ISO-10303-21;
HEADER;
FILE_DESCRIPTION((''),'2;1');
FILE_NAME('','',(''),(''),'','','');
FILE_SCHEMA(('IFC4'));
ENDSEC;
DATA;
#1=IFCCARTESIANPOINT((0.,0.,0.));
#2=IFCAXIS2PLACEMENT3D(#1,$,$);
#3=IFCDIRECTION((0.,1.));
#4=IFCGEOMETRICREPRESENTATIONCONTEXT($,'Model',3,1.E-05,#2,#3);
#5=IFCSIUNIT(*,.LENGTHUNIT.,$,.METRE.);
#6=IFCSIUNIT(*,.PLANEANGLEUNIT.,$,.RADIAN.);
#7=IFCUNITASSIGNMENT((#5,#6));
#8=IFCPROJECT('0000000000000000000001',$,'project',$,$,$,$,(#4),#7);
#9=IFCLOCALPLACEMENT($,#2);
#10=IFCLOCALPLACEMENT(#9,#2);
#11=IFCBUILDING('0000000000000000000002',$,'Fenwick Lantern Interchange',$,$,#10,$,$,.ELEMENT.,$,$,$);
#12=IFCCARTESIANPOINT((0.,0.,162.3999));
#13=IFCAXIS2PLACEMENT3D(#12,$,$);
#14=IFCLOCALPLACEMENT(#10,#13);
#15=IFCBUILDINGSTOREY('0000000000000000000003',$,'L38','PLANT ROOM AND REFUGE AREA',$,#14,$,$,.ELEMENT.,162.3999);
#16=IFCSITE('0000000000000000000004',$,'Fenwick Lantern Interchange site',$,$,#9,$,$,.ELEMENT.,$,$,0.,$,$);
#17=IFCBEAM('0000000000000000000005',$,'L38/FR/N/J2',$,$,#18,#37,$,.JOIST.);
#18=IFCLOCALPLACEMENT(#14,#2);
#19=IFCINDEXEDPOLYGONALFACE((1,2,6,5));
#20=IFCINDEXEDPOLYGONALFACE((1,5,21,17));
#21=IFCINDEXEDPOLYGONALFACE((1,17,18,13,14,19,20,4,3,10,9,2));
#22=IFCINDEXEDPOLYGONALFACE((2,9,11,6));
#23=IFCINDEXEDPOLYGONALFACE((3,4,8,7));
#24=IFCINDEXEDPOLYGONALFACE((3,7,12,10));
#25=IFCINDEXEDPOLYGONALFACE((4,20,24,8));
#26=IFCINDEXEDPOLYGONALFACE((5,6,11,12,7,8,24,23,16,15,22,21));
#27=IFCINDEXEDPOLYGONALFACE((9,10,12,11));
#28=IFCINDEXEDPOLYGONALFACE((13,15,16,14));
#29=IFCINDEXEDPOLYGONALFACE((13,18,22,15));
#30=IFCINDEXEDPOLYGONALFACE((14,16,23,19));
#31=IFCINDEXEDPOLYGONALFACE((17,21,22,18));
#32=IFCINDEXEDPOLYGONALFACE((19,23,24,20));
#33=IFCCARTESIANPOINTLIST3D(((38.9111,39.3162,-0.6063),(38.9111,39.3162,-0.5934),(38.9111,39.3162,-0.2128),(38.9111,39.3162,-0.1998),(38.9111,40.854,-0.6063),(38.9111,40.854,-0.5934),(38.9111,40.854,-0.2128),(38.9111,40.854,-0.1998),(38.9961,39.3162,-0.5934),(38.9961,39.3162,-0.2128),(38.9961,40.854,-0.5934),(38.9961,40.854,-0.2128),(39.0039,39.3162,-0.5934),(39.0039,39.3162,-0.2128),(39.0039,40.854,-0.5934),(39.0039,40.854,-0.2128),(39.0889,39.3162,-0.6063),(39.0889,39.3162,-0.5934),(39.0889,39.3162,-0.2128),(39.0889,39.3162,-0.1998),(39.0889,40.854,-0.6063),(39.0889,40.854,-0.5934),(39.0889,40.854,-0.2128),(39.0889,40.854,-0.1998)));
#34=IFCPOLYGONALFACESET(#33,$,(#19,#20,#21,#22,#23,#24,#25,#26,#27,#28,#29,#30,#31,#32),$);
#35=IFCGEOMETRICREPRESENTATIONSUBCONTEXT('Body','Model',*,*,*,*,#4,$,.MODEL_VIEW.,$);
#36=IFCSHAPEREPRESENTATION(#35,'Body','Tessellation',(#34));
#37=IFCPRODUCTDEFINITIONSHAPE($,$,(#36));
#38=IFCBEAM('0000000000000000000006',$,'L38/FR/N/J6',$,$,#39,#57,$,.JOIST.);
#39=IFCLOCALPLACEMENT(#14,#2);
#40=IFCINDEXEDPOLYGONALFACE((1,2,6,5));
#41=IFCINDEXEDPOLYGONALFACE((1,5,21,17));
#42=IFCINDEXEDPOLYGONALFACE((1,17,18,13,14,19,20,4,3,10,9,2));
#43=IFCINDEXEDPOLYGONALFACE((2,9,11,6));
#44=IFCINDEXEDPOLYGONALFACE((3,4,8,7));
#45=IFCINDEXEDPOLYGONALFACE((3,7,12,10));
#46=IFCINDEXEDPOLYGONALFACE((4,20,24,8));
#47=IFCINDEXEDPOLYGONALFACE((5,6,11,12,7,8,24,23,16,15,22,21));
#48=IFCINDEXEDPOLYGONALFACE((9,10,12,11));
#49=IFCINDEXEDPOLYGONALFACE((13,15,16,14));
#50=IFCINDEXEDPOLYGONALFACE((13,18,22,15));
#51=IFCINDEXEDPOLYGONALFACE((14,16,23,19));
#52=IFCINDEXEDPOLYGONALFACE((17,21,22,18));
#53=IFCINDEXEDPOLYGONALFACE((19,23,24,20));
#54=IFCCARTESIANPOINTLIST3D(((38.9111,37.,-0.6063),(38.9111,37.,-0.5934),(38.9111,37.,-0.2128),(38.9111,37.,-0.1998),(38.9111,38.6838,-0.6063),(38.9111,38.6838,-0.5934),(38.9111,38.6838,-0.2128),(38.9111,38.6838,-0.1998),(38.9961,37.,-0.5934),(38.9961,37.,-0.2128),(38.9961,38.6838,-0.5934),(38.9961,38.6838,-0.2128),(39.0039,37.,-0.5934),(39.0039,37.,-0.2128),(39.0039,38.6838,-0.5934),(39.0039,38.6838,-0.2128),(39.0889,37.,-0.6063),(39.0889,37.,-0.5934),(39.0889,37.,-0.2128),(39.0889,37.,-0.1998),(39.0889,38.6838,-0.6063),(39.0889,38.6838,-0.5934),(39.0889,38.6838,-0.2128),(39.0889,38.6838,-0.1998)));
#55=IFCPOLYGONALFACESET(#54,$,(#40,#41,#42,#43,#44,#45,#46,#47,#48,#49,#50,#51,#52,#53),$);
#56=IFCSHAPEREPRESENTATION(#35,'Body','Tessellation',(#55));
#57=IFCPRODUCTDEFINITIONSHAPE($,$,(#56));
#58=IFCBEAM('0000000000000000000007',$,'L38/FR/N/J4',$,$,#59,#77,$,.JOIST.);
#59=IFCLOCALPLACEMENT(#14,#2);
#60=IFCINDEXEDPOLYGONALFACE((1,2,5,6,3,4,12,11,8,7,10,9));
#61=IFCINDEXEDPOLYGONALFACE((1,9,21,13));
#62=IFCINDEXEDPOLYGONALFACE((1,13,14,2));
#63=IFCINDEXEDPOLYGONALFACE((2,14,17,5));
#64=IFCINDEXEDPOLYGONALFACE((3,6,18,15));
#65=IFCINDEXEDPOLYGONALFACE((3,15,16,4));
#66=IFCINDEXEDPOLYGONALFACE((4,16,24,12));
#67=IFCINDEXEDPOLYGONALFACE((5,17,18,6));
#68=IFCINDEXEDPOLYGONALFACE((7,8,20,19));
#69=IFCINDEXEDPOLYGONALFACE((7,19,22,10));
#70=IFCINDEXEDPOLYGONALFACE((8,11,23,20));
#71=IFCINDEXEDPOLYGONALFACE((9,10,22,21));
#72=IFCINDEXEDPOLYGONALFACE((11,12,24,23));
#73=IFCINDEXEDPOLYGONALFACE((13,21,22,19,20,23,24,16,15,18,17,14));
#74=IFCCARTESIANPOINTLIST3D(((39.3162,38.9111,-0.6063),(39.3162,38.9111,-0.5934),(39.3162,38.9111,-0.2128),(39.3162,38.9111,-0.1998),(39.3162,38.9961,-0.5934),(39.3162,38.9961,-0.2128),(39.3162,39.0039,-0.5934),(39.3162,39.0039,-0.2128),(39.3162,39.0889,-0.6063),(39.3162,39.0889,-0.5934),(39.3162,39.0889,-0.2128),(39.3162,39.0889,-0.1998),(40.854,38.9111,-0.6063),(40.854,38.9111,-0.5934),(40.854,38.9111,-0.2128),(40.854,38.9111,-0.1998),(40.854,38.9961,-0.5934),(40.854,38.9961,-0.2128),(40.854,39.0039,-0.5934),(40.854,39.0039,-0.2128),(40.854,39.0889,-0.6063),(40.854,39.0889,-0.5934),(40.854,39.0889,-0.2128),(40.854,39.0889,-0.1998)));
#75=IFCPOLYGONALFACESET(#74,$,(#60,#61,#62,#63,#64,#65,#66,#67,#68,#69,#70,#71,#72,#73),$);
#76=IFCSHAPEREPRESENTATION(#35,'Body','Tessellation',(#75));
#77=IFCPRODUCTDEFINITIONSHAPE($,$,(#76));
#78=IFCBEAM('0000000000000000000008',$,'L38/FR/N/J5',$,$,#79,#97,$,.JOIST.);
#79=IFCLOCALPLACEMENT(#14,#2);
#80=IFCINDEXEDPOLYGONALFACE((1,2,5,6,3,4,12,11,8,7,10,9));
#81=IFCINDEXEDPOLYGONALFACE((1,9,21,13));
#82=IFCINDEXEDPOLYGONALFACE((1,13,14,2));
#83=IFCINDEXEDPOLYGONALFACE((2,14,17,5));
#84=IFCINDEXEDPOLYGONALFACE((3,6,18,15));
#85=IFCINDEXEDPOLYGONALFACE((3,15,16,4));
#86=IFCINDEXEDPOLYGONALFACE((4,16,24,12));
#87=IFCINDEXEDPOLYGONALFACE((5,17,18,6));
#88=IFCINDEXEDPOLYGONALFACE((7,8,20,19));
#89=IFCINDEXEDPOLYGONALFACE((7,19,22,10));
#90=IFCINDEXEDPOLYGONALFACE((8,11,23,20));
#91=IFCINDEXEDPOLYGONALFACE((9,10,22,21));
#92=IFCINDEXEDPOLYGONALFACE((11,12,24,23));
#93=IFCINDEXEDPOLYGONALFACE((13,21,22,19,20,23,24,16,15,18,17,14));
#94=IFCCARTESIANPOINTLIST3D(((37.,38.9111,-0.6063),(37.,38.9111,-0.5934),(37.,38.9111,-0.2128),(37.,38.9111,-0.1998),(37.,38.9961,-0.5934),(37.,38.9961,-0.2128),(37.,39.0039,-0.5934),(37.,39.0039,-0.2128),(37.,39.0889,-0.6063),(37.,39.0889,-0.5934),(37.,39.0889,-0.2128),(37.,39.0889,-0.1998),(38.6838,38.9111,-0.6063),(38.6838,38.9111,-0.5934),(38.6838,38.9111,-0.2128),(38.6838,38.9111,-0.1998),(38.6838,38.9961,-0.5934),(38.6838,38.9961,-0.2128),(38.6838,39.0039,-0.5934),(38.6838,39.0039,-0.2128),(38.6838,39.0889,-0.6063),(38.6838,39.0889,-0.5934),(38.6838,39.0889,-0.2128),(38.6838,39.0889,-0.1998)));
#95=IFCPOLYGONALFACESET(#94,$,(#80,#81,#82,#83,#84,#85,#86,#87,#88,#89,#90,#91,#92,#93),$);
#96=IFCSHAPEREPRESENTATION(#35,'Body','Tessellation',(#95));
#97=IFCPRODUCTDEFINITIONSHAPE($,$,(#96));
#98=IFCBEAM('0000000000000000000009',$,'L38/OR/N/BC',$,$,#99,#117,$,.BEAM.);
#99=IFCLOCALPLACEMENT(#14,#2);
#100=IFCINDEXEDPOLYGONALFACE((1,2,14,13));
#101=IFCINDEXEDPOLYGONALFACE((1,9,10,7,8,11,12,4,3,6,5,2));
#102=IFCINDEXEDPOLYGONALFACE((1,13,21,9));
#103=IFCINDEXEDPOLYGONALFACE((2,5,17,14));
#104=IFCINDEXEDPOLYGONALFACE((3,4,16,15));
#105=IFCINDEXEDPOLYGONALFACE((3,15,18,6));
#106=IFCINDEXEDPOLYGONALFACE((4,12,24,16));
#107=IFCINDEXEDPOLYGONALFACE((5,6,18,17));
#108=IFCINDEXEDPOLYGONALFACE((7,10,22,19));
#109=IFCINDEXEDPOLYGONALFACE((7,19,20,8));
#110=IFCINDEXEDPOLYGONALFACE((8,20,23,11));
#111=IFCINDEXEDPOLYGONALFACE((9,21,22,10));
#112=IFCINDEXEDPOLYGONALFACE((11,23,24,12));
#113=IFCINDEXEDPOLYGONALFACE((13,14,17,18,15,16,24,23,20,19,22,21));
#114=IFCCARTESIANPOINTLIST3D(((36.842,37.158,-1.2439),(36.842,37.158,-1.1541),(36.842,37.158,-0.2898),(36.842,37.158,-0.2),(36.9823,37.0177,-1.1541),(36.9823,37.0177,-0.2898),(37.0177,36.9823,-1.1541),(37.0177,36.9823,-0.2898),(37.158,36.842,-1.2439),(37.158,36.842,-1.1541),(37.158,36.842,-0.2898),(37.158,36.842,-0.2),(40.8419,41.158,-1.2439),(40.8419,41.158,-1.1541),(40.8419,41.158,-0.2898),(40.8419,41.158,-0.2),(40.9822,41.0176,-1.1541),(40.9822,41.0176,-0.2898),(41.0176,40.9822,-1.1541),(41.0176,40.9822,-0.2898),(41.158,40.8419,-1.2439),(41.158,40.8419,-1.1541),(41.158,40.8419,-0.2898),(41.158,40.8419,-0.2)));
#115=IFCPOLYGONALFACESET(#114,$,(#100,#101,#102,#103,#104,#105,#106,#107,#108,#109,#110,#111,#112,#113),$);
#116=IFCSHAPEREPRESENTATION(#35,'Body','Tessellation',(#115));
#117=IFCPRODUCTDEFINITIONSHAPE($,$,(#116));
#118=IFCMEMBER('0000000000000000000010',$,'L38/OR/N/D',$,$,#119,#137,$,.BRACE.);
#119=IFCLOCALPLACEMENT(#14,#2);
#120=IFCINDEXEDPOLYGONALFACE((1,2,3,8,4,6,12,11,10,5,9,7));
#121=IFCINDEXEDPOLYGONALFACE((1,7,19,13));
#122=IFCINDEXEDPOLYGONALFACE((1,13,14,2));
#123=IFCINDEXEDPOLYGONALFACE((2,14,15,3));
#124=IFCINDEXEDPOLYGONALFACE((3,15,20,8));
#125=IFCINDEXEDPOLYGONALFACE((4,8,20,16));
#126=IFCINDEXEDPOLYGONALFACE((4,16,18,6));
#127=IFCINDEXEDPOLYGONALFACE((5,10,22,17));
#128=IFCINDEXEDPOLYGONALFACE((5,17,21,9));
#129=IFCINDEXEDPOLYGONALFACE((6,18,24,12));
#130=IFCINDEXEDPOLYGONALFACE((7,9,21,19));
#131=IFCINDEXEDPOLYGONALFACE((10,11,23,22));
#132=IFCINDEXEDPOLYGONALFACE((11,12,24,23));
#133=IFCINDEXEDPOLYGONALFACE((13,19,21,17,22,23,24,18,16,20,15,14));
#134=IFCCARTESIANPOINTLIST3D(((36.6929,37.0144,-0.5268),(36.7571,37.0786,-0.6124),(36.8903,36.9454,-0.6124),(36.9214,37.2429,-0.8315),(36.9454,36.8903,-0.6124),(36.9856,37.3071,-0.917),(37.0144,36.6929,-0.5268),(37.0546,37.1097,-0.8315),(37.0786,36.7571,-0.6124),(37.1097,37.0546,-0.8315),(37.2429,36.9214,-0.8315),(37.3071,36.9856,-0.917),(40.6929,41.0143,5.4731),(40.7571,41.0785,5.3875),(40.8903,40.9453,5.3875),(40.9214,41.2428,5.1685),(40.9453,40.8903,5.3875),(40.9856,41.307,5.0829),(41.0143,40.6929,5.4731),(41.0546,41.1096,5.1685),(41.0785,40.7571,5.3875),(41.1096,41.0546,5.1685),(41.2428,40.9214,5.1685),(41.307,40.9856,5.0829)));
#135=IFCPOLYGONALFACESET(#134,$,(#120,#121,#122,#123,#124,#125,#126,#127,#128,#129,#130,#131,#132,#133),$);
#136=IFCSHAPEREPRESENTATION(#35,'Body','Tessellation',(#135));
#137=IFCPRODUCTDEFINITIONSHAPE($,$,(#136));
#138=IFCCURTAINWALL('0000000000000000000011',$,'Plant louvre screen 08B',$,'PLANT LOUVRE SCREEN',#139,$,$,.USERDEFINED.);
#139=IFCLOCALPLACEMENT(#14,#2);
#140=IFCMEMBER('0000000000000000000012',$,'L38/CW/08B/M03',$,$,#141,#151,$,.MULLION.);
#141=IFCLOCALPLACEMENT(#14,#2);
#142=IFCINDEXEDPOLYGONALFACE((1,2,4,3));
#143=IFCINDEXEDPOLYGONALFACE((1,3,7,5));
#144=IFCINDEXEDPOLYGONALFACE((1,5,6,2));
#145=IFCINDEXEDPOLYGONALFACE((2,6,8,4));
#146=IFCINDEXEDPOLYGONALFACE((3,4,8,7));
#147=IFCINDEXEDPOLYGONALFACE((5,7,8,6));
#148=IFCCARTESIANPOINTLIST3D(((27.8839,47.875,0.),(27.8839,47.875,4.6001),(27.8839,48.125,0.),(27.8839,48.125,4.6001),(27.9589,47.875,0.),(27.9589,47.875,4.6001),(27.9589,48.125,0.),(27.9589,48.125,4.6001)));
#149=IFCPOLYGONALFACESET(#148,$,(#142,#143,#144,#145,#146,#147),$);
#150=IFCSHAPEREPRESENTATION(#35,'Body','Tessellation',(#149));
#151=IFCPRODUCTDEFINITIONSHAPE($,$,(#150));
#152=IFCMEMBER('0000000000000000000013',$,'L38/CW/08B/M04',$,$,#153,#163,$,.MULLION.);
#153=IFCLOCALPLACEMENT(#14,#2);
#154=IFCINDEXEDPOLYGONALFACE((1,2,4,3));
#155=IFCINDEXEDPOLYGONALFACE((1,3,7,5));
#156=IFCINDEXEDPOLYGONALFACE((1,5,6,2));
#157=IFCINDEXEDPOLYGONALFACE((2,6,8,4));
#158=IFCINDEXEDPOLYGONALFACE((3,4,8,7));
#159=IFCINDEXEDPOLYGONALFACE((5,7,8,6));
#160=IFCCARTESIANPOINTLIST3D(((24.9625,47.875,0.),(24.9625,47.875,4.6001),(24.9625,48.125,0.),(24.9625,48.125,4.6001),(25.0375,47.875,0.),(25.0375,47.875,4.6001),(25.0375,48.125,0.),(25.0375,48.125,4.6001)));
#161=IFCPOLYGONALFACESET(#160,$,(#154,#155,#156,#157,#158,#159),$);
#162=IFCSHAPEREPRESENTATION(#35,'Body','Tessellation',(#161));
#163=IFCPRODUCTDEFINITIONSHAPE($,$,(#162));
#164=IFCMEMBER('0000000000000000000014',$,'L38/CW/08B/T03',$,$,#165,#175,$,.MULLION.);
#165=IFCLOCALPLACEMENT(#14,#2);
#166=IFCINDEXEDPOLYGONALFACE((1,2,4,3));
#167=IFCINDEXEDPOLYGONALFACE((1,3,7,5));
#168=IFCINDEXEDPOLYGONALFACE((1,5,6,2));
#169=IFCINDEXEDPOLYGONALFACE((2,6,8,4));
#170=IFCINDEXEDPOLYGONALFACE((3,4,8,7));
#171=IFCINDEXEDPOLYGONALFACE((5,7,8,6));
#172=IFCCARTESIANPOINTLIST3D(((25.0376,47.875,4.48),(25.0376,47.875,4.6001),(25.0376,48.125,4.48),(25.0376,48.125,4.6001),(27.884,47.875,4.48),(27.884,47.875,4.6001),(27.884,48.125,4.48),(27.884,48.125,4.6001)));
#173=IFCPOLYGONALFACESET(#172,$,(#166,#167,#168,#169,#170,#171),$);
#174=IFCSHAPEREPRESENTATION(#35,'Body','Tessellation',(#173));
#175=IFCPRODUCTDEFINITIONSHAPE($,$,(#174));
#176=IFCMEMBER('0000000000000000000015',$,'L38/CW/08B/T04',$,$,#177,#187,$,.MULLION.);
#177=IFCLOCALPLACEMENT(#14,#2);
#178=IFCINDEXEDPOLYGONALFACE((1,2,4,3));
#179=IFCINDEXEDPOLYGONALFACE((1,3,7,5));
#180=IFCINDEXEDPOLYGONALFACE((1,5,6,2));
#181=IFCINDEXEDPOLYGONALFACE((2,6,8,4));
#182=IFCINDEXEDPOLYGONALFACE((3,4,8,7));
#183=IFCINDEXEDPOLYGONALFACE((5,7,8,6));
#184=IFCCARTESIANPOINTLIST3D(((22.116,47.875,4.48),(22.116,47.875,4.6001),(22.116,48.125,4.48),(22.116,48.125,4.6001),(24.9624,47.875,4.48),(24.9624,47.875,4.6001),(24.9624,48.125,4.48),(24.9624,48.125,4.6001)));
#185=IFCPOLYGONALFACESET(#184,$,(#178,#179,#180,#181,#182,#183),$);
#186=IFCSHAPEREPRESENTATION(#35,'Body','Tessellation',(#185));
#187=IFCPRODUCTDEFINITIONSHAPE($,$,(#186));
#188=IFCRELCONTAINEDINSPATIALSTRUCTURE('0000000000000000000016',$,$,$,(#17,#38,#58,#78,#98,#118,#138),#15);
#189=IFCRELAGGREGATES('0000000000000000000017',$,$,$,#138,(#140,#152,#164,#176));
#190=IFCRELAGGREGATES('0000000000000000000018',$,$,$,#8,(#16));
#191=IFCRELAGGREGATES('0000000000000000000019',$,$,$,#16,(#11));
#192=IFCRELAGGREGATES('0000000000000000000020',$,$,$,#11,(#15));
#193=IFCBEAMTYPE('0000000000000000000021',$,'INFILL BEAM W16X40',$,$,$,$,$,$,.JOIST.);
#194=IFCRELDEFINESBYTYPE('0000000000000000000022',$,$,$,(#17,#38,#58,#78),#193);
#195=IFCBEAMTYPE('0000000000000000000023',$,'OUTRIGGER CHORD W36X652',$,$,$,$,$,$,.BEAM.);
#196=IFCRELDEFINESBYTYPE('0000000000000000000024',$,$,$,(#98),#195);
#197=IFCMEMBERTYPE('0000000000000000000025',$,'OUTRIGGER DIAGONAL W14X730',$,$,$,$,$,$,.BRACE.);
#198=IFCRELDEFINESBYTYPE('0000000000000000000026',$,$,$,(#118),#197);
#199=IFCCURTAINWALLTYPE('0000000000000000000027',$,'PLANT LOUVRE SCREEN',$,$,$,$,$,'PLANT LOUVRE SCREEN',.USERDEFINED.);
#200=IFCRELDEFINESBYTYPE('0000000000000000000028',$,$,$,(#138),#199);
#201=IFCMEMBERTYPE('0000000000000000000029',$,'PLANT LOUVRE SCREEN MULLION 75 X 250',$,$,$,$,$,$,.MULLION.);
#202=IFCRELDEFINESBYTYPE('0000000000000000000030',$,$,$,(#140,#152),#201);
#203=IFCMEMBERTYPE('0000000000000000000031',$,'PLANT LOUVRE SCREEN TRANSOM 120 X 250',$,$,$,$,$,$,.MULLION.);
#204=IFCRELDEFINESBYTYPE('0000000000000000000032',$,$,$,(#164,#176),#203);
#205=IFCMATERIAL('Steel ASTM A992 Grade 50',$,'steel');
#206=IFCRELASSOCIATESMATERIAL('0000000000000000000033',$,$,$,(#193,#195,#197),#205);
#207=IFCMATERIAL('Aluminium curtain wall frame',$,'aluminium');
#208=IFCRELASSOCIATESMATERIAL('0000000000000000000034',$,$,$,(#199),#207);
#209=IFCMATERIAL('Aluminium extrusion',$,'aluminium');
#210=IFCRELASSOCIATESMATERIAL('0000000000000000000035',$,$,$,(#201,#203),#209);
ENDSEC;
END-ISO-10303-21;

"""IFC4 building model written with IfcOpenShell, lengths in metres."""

from ifc_helpers import new_model, si_unit, direction, frame, origin, origin_2d, place, context, subcontext, project, spatial, rectangle, i_section, extrude, material, material_profile, profile_set, type_object, element, aggregate, save


model = new_model("IFC4")

# Units and contexts
model_context = context("Model", 3, precision=1e-05, world=origin(), true_north=direction((0.0, 1.0)))
body_context = subcontext(model_context, "Body", "Model", "MODEL_VIEW")
ifc_project = project(units=[si_unit("LENGTHUNIT", "METRE"), si_unit("PLANEANGLEUNIT", "RADIAN")], contexts=[model_context])

# Site, building, storey
site_placement = place(None, origin())
site = spatial("IfcSite", under=ifc_project, at=site_placement, Name="Fenwick Lantern Interchange site", CompositionType="ELEMENT", RefElevation=0.0)
building_placement = place(site_placement, origin())
building = spatial("IfcBuilding", under=site, at=building_placement, Name="Fenwick Lantern Interchange", CompositionType="ELEMENT")
storey_placement = place(building_placement, frame((0.0, 0.0, 162.3999)))
storey = spatial("IfcBuildingStorey", under=building, at=storey_placement, Name="L38", Description="PLANT ROOM AND REFUGE AREA", CompositionType="ELEMENT", Elevation=162.3999)

# Beams
ifc_material_1 = material(Name="Steel ASTM A992 Grade 50", Category="steel")
ifc_material_profile_1 = material_profile(ifc_material_1, i_section(OverallWidth=0.1777, OverallDepth=0.4065, WebThickness=0.0078, FlangeThickness=0.0129, at=origin_2d()), Name="W16X40")
ifc_profile_set_1 = profile_set([ifc_material_profile_1], Name="Steel ASTM A992 Grade 50")
beam_type_1 = type_object("IfcBeamType", Name="INFILL BEAM W16X40", PredefinedType="JOIST", material=ifc_profile_set_1)
beam_1_placement = place(storey_placement, frame((39.0, 40.854, -0.4031), z_axis=(0.0, -1.0, 0.0), x_axis=(1.0, 0.0, 0.0)))
element("IfcBeam", 1, at=beam_1_placement, inside=storey, type_object=beam_type_1, Name="L38/FR/N/J2", PredefinedType="JOIST", context=body_context, shape_type="SweptSolid", body=[
    extrude(i_section(OverallWidth=0.1777, OverallDepth=0.4065, WebThickness=0.0078, FlangeThickness=0.0129, at=origin_2d()), origin(), (0.0, 0.0, 1.0), 1.5378),
])
beam_2_placement = place(storey_placement, frame((39.0, 38.6838, -0.4031), z_axis=(0.0, -1.0, 0.0), x_axis=(1.0, 0.0, 0.0)))
element("IfcBeam", 2, at=beam_2_placement, inside=storey, type_object=beam_type_1, Name="L38/FR/N/J6", PredefinedType="JOIST", context=body_context, shape_type="SweptSolid", body=[
    extrude(i_section(OverallWidth=0.1777, OverallDepth=0.4065, WebThickness=0.0078, FlangeThickness=0.0129, at=origin_2d()), origin(), (0.0, 0.0, 1.0), 1.6838),
])
beam_3_placement = place(storey_placement, frame((40.854, 39.0, -0.4031), z_axis=(-1.0, 0.0, 0.0), x_axis=(0.0, -1.0, 0.0)))
element("IfcBeam", 3, at=beam_3_placement, inside=storey, type_object=beam_type_1, Name="L38/FR/N/J4", PredefinedType="JOIST", context=body_context, shape_type="SweptSolid", body=[
    extrude(i_section(OverallWidth=0.1777, OverallDepth=0.4065, WebThickness=0.0078, FlangeThickness=0.0129, at=origin_2d()), origin(), (0.0, 0.0, 1.0), 1.5378),
])
beam_4_placement = place(storey_placement, frame((38.6838, 39.0, -0.4031), z_axis=(-1.0, 0.0, 0.0), x_axis=(0.0, -1.0, 0.0)))
element("IfcBeam", 4, at=beam_4_placement, inside=storey, type_object=beam_type_1, Name="L38/FR/N/J5", PredefinedType="JOIST", context=body_context, shape_type="SweptSolid", body=[
    extrude(i_section(OverallWidth=0.1777, OverallDepth=0.4065, WebThickness=0.0078, FlangeThickness=0.0129, at=origin_2d()), origin(), (0.0, 0.0, 1.0), 1.6838),
])
ifc_material_profile_2 = material_profile(ifc_material_1, i_section(OverallWidth=0.447, OverallDepth=1.0439, WebThickness=0.05, FlangeThickness=0.0898, at=origin_2d()), Name="W36X652")
ifc_profile_set_2 = profile_set([ifc_material_profile_2], Name="Steel ASTM A992 Grade 50")
beam_type_2 = type_object("IfcBeamType", Name="OUTRIGGER CHORD W36X652", PredefinedType="BEAM", material=ifc_profile_set_2)
beam_5_placement = place(storey_placement, frame((37.0, 37.0, -0.7219), z_axis=(0.707107, 0.707107, 0.0), x_axis=(-0.707107, 0.707107, 0.0)))
element("IfcBeam", 5, at=beam_5_placement, inside=storey, type_object=beam_type_2, Name="L38/OR/N/BC", PredefinedType="BEAM", context=body_context, shape_type="SweptSolid", body=[
    extrude(i_section(OverallWidth=0.447, OverallDepth=1.0439, WebThickness=0.05, FlangeThickness=0.0898, at=origin_2d()), origin(), (0.0, 0.0, 1.0), 5.6567),
])

# Member
ifc_material_profile_3 = material_profile(ifc_material_1, i_section(OverallWidth=0.4546, OverallDepth=0.5688, WebThickness=0.0779, FlangeThickness=0.1248, at=origin_2d()), Name="W14X730")
ifc_profile_set_3 = profile_set([ifc_material_profile_3], Name="Steel ASTM A992 Grade 50")
member_type_1 = type_object("IfcMemberType", Name="OUTRIGGER DIAGONAL W14X730", PredefinedType="BRACE", material=ifc_profile_set_3)
member_1_placement = place(storey_placement, frame((37.0, 37.0, -0.7219), z_axis=(0.485071, 0.485071, 0.727607), x_axis=(-0.707107, 0.707107, 0.0)))
element("IfcMember", 6, at=member_1_placement, inside=storey, type_object=member_type_1, Name="L38/OR/N/D", PredefinedType="BRACE", context=body_context, shape_type="SweptSolid", body=[
    extrude(i_section(OverallWidth=0.4546, OverallDepth=0.5688, WebThickness=0.0779, FlangeThickness=0.1248, at=origin_2d()), origin(), (0.0, 0.0, 1.0), 8.2461),
])

# Curtain wall, members
ifc_material_2 = material(Name="Aluminium curtain wall frame", Category="aluminium")
curtain_wall_type = type_object("IfcCurtainWallType", Name="PLANT LOUVRE SCREEN", ElementType="PLANT LOUVRE SCREEN", PredefinedType="USERDEFINED", material=ifc_material_2)
curtain_wall_placement = place(storey_placement, origin())
curtain_wall = element("IfcCurtainWall", 7, at=curtain_wall_placement, inside=storey, type_object=curtain_wall_type, Name="Plant louvre screen 08B", ObjectType="PLANT LOUVRE SCREEN", PredefinedType="USERDEFINED")
ifc_material_3 = material(Name="Aluminium extrusion", Category="aluminium")
ifc_material_profile_4 = material_profile(ifc_material_3, rectangle(XDim=0.25, YDim=0.075, at=origin_2d()), Name="PLANT LOUVRE SCREEN MULLION 75 X 250")
ifc_profile_set_4 = profile_set([ifc_material_profile_4], Name="Aluminium extrusion")
member_type_2 = type_object("IfcMemberType", Name="PLANT LOUVRE SCREEN MULLION 75 X 250", PredefinedType="MULLION", material=ifc_profile_set_4)
member_2_placement = place(storey_placement, frame((27.9214, 48.0, 0.0), z_axis=(0.0, 0.0, 1.0), x_axis=(0.0, -1.0, 0.0)))
member_2 = element("IfcMember", 8, at=member_2_placement, type_object=member_type_2, Name="L38/CW/08B/M03", PredefinedType="MULLION", context=body_context, shape_type="SweptSolid", body=[
    extrude(rectangle(XDim=0.25, YDim=0.075, at=origin_2d()), origin(), (0.0, 0.0, 1.0), 4.6001),
])
member_3_placement = place(storey_placement, frame((25.0, 48.0, 0.0), z_axis=(0.0, 0.0, 1.0), x_axis=(0.0, -1.0, 0.0)))
member_3 = element("IfcMember", 9, at=member_3_placement, type_object=member_type_2, Name="L38/CW/08B/M04", PredefinedType="MULLION", context=body_context, shape_type="SweptSolid", body=[
    extrude(rectangle(XDim=0.25, YDim=0.075, at=origin_2d()), origin(), (0.0, 0.0, 1.0), 4.6001),
])
ifc_material_profile_5 = material_profile(ifc_material_3, rectangle(XDim=0.25, YDim=0.1201, at=origin_2d()), Name="PLANT LOUVRE SCREEN TRANSOM 120 X 250")
ifc_profile_set_5 = profile_set([ifc_material_profile_5], Name="Aluminium extrusion")
member_type_3 = type_object("IfcMemberType", Name="PLANT LOUVRE SCREEN TRANSOM 120 X 250", PredefinedType="MULLION", material=ifc_profile_set_5)
member_4_placement = place(storey_placement, frame((27.884, 48.0, 4.54), z_axis=(-1.0, 0.0, 0.0), x_axis=(0.0, -1.0, 0.0)))
member_4 = element("IfcMember", 10, at=member_4_placement, type_object=member_type_3, Name="L38/CW/08B/T03", PredefinedType="MULLION", context=body_context, shape_type="SweptSolid", body=[
    extrude(rectangle(XDim=0.25, YDim=0.1201, at=origin_2d()), origin(), (0.0, 0.0, 1.0), 2.8464),
])
member_5_placement = place(storey_placement, frame((24.9624, 48.0, 4.54), z_axis=(-1.0, 0.0, 0.0), x_axis=(0.0, -1.0, 0.0)))
member_5 = element("IfcMember", 11, at=member_5_placement, type_object=member_type_3, Name="L38/CW/08B/T04", PredefinedType="MULLION", context=body_context, shape_type="SweptSolid", body=[
    extrude(rectangle(XDim=0.25, YDim=0.1201, at=origin_2d()), origin(), (0.0, 0.0, 1.0), 2.8464),
])

aggregate(curtain_wall, [member_2, member_3, member_4, member_5])

save(model, "model.ifc")
